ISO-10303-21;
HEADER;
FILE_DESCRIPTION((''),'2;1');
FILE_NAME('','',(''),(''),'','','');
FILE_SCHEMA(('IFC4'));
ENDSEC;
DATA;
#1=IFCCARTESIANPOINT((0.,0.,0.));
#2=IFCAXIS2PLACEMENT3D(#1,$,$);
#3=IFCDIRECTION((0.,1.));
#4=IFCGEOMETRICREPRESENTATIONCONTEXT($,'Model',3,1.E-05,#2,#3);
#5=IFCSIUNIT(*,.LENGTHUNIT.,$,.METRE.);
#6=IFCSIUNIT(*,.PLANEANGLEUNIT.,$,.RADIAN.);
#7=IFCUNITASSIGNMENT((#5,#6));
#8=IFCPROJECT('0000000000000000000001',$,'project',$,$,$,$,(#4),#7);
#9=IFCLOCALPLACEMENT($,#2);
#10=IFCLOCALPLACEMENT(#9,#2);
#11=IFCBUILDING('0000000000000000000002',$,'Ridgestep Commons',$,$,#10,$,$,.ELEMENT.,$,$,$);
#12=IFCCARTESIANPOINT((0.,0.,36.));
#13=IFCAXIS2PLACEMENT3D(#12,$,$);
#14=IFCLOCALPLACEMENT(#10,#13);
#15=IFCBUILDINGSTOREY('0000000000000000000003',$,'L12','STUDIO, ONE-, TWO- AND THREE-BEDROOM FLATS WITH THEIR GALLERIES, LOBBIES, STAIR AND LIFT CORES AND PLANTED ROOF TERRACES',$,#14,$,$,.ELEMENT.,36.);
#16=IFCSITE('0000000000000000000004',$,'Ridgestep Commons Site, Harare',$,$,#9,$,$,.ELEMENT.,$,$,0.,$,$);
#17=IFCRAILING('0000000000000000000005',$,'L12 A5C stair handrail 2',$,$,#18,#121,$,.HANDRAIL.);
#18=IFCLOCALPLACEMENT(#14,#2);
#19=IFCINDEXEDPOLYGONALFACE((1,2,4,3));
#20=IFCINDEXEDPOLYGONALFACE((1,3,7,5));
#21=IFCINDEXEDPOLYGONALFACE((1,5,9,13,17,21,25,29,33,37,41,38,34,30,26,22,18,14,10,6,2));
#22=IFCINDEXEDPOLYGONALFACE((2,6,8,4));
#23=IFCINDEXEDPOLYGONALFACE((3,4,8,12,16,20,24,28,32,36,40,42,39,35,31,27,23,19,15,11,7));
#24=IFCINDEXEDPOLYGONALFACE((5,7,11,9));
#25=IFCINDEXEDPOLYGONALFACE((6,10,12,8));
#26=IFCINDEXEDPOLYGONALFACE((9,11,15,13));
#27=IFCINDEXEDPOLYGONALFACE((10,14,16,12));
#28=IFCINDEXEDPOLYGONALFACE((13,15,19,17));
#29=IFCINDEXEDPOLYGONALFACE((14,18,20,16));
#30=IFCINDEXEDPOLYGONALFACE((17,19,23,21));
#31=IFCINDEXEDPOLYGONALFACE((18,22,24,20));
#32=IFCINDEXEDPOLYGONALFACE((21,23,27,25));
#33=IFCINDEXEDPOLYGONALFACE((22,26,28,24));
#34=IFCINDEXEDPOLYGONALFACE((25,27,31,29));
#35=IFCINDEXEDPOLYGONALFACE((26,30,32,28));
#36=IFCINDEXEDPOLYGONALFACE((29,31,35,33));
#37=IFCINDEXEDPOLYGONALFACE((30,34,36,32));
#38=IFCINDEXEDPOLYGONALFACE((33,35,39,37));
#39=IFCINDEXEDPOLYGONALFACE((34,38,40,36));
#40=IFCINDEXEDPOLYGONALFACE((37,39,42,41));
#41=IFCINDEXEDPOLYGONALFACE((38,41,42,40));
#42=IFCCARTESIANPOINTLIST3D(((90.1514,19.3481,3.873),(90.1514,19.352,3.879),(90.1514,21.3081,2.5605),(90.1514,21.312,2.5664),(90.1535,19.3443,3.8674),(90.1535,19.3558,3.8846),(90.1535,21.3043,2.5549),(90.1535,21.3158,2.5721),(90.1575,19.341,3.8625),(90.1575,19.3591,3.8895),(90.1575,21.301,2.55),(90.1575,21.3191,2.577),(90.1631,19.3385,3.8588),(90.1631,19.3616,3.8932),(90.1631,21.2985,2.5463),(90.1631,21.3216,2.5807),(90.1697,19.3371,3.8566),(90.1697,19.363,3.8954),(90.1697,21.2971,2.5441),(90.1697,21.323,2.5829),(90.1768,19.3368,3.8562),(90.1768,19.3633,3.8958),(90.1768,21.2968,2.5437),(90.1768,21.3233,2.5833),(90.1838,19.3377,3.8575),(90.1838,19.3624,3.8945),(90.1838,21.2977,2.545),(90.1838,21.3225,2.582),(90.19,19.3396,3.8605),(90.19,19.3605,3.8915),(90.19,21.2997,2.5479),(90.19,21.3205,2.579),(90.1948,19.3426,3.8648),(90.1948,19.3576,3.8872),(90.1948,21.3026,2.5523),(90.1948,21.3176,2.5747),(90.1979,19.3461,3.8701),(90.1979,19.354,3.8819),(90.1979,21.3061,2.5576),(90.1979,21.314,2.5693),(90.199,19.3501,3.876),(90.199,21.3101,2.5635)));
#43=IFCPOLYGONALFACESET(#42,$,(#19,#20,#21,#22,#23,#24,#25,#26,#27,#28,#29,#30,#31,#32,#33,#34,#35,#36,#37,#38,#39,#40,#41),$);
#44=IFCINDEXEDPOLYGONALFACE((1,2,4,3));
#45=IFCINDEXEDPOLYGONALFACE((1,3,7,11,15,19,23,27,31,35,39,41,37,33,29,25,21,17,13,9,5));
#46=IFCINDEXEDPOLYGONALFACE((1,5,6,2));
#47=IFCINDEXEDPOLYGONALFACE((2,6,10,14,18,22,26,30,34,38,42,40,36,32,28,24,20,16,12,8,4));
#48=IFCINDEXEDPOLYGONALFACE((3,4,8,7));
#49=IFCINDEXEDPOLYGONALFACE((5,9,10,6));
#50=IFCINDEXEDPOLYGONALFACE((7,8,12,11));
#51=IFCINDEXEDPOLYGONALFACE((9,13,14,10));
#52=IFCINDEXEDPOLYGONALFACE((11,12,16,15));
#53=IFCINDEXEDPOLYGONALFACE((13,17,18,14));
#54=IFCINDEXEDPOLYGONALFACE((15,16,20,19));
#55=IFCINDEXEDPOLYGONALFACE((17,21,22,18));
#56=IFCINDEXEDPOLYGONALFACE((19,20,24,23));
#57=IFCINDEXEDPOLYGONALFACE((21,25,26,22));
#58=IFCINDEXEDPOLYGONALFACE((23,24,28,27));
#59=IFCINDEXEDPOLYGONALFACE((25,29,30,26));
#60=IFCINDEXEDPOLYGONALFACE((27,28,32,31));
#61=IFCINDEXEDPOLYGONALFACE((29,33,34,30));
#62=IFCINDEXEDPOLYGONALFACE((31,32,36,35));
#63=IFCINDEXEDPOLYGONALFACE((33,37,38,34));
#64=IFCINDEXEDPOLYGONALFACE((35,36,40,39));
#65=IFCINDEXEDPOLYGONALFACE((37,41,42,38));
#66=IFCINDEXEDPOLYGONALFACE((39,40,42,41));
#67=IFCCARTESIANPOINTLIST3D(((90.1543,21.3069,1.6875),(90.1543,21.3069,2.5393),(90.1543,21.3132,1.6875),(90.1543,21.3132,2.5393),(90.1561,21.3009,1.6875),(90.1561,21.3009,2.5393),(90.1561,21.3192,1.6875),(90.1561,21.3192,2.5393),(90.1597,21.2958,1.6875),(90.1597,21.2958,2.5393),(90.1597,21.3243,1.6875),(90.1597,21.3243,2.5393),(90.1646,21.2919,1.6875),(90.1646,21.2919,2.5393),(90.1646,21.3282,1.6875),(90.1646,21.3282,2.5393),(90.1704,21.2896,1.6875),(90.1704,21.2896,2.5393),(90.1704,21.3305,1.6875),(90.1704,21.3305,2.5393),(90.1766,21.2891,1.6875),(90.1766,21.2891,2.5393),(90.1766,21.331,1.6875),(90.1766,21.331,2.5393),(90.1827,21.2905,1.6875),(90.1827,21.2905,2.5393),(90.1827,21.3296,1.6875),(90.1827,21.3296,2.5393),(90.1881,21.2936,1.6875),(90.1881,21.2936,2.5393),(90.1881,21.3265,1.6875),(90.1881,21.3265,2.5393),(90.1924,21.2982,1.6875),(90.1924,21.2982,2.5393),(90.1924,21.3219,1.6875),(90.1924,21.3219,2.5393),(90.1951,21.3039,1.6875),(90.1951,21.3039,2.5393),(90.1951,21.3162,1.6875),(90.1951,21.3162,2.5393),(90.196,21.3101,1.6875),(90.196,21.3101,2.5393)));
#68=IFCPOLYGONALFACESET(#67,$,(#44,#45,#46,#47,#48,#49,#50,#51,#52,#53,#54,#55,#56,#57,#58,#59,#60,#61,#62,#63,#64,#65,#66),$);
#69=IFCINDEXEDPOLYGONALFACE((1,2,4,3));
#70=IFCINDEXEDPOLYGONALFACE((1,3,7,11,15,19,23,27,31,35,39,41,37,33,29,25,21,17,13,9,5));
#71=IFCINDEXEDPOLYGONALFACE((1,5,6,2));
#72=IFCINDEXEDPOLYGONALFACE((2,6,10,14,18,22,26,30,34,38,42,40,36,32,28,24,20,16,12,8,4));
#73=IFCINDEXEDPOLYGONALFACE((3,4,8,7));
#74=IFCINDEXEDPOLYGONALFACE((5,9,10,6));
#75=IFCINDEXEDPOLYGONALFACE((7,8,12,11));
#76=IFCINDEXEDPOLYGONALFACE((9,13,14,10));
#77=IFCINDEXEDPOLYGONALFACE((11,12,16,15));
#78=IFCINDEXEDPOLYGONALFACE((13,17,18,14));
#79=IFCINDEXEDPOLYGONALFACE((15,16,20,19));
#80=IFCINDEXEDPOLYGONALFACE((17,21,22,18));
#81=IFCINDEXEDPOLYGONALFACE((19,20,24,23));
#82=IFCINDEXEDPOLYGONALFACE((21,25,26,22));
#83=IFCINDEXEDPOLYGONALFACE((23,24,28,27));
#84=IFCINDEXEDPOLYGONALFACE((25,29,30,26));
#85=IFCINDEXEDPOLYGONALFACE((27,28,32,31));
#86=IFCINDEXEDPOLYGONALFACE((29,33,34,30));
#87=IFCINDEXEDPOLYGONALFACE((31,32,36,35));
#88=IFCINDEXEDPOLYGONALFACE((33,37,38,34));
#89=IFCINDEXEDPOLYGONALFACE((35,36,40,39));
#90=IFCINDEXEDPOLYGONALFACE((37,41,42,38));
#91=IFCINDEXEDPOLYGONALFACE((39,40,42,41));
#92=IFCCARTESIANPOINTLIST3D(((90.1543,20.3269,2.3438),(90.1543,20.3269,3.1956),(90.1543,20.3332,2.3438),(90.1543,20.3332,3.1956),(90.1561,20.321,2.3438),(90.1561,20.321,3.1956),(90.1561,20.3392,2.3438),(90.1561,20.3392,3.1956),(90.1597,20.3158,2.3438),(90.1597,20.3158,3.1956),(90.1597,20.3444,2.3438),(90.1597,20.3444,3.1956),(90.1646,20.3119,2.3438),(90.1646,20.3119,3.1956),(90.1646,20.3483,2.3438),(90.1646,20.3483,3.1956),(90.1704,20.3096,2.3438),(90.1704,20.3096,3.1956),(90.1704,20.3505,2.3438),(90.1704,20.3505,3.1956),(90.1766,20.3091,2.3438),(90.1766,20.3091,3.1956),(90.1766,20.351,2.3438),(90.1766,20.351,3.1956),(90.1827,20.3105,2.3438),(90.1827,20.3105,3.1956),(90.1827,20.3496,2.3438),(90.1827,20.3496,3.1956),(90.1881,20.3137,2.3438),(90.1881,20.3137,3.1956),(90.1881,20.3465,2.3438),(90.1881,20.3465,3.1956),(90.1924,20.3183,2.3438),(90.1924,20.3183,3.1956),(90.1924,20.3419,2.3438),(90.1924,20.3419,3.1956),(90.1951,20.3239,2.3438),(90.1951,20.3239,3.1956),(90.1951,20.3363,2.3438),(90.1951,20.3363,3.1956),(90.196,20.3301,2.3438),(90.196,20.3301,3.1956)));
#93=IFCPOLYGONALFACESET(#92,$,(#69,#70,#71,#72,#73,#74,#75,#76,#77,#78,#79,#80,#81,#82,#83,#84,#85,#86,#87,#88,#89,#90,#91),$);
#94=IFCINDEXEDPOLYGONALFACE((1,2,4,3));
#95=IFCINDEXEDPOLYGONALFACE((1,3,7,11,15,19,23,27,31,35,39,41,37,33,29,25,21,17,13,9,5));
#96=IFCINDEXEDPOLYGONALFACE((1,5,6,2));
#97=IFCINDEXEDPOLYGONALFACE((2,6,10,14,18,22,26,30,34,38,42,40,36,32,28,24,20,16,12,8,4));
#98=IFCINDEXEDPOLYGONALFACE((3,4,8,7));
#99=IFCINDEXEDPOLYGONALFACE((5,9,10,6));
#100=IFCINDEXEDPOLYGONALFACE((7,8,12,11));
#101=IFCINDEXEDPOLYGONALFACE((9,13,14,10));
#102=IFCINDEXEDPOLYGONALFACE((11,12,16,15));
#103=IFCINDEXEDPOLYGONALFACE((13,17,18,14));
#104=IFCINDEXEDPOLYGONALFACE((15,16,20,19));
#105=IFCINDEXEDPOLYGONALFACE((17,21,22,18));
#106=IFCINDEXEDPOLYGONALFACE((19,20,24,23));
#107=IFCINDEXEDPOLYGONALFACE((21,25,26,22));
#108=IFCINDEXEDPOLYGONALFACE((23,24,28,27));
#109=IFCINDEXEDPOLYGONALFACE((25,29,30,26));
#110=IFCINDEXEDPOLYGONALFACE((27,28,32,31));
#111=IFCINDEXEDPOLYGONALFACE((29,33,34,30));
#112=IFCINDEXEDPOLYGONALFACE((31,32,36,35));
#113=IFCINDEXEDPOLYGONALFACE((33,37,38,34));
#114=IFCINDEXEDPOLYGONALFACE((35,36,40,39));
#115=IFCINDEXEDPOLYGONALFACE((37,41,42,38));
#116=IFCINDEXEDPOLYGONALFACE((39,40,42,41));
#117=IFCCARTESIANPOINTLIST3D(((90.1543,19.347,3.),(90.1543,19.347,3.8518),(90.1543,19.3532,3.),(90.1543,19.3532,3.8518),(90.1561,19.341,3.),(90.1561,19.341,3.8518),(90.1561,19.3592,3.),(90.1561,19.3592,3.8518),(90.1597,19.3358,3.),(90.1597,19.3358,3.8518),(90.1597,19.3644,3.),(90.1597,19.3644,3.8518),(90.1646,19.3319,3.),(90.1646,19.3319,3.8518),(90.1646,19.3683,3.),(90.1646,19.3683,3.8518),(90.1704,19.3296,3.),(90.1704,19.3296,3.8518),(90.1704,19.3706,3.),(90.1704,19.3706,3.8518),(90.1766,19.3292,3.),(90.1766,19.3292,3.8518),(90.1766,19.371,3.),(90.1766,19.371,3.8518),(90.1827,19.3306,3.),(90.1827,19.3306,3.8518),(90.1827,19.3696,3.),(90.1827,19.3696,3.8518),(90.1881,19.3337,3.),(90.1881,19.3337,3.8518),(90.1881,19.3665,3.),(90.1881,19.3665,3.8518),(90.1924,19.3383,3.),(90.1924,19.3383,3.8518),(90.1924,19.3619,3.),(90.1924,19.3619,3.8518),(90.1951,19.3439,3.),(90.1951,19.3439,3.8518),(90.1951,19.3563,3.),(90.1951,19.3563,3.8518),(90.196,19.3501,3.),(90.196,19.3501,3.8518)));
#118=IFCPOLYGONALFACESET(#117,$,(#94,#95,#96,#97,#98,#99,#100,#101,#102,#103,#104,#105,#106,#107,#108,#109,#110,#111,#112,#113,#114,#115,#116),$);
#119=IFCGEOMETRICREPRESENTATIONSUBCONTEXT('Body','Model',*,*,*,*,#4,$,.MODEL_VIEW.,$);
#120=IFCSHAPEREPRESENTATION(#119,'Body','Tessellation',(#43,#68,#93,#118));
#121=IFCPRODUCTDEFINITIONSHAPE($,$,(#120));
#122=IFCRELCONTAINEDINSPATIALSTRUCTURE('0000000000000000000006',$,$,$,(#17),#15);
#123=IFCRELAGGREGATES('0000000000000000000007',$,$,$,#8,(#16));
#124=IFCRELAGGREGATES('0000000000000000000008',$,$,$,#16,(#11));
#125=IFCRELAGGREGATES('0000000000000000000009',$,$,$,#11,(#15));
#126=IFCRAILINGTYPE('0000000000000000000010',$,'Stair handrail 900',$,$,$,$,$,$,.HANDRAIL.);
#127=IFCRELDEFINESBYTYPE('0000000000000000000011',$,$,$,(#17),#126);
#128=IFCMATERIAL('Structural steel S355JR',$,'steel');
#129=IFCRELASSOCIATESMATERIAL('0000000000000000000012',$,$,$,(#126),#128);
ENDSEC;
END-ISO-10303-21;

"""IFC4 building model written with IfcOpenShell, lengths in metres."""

from ifc_helpers import new_model, si_unit, direction, frame, origin, origin_2d, place, context, subcontext, project, spatial, circle, extrude, material, type_object, element, save


model = new_model("IFC4")

# Units and contexts
model_context = context("Model", 3, precision=1e-05, world=origin(), true_north=direction((0.0, 1.0)))
body_context = subcontext(model_context, "Body", "Model", "MODEL_VIEW")
ifc_project = project(units=[si_unit("LENGTHUNIT", "METRE"), si_unit("PLANEANGLEUNIT", "RADIAN")], contexts=[model_context])

# Site, building, storey
site_placement = place(None, origin())
site = spatial("IfcSite", under=ifc_project, at=site_placement, Name="Ridgestep Commons Site, Harare", CompositionType="ELEMENT", RefElevation=0.0)
building_placement = place(site_placement, origin())
building = spatial("IfcBuilding", under=site, at=building_placement, Name="Ridgestep Commons", CompositionType="ELEMENT")
storey_placement = place(building_placement, frame((0.0, 0.0, 36.0)))
storey = spatial("IfcBuildingStorey", under=building, at=storey_placement, Name="L12", Description="STUDIO, ONE-, TWO- AND THREE-BEDROOM FLATS WITH THEIR GALLERIES, LOBBIES, STAIR AND LIFT CORES AND PLANTED ROOF TERRACES", CompositionType="ELEMENT", Elevation=36.0)

# Railing
ifc_material_1 = material(Name="Structural steel S355JR", Category="steel")
railing_type_1 = type_object("IfcRailingType", Name="Stair handrail 900", PredefinedType="HANDRAIL", material=ifc_material_1)
railing_1_placement = place(storey_placement, frame((90.175, 21.3101, 1.6875)))
element("IfcRailing", 1, at=railing_1_placement, inside=storey, type_object=railing_type_1, Name="L12 A5C stair handrail 2", PredefinedType="HANDRAIL", context=body_context, shape_type="SweptSolid", body=[
    extrude(circle(Radius=0.0239, at=origin_2d()), frame((0.0, 0.0, 0.876), z_axis=(0.0, -0.830902, 0.556419), x_axis=(1.0, 0.0, 0.0)), (0.0, 0.0, 1.0), 2.3589),
    extrude(circle(Radius=0.021, at=origin_2d()), origin(), (0.0, 0.0, 1.0), 0.8518),
    extrude(circle(Radius=0.021, at=origin_2d()), frame((0.0, -0.98, 0.6562)), (0.0, 0.0, 1.0), 0.8518),
    extrude(circle(Radius=0.021, at=origin_2d()), frame((0.0, -1.96, 1.3125)), (0.0, 0.0, 1.0), 0.8518),
])

save(model, "model.ifc")
